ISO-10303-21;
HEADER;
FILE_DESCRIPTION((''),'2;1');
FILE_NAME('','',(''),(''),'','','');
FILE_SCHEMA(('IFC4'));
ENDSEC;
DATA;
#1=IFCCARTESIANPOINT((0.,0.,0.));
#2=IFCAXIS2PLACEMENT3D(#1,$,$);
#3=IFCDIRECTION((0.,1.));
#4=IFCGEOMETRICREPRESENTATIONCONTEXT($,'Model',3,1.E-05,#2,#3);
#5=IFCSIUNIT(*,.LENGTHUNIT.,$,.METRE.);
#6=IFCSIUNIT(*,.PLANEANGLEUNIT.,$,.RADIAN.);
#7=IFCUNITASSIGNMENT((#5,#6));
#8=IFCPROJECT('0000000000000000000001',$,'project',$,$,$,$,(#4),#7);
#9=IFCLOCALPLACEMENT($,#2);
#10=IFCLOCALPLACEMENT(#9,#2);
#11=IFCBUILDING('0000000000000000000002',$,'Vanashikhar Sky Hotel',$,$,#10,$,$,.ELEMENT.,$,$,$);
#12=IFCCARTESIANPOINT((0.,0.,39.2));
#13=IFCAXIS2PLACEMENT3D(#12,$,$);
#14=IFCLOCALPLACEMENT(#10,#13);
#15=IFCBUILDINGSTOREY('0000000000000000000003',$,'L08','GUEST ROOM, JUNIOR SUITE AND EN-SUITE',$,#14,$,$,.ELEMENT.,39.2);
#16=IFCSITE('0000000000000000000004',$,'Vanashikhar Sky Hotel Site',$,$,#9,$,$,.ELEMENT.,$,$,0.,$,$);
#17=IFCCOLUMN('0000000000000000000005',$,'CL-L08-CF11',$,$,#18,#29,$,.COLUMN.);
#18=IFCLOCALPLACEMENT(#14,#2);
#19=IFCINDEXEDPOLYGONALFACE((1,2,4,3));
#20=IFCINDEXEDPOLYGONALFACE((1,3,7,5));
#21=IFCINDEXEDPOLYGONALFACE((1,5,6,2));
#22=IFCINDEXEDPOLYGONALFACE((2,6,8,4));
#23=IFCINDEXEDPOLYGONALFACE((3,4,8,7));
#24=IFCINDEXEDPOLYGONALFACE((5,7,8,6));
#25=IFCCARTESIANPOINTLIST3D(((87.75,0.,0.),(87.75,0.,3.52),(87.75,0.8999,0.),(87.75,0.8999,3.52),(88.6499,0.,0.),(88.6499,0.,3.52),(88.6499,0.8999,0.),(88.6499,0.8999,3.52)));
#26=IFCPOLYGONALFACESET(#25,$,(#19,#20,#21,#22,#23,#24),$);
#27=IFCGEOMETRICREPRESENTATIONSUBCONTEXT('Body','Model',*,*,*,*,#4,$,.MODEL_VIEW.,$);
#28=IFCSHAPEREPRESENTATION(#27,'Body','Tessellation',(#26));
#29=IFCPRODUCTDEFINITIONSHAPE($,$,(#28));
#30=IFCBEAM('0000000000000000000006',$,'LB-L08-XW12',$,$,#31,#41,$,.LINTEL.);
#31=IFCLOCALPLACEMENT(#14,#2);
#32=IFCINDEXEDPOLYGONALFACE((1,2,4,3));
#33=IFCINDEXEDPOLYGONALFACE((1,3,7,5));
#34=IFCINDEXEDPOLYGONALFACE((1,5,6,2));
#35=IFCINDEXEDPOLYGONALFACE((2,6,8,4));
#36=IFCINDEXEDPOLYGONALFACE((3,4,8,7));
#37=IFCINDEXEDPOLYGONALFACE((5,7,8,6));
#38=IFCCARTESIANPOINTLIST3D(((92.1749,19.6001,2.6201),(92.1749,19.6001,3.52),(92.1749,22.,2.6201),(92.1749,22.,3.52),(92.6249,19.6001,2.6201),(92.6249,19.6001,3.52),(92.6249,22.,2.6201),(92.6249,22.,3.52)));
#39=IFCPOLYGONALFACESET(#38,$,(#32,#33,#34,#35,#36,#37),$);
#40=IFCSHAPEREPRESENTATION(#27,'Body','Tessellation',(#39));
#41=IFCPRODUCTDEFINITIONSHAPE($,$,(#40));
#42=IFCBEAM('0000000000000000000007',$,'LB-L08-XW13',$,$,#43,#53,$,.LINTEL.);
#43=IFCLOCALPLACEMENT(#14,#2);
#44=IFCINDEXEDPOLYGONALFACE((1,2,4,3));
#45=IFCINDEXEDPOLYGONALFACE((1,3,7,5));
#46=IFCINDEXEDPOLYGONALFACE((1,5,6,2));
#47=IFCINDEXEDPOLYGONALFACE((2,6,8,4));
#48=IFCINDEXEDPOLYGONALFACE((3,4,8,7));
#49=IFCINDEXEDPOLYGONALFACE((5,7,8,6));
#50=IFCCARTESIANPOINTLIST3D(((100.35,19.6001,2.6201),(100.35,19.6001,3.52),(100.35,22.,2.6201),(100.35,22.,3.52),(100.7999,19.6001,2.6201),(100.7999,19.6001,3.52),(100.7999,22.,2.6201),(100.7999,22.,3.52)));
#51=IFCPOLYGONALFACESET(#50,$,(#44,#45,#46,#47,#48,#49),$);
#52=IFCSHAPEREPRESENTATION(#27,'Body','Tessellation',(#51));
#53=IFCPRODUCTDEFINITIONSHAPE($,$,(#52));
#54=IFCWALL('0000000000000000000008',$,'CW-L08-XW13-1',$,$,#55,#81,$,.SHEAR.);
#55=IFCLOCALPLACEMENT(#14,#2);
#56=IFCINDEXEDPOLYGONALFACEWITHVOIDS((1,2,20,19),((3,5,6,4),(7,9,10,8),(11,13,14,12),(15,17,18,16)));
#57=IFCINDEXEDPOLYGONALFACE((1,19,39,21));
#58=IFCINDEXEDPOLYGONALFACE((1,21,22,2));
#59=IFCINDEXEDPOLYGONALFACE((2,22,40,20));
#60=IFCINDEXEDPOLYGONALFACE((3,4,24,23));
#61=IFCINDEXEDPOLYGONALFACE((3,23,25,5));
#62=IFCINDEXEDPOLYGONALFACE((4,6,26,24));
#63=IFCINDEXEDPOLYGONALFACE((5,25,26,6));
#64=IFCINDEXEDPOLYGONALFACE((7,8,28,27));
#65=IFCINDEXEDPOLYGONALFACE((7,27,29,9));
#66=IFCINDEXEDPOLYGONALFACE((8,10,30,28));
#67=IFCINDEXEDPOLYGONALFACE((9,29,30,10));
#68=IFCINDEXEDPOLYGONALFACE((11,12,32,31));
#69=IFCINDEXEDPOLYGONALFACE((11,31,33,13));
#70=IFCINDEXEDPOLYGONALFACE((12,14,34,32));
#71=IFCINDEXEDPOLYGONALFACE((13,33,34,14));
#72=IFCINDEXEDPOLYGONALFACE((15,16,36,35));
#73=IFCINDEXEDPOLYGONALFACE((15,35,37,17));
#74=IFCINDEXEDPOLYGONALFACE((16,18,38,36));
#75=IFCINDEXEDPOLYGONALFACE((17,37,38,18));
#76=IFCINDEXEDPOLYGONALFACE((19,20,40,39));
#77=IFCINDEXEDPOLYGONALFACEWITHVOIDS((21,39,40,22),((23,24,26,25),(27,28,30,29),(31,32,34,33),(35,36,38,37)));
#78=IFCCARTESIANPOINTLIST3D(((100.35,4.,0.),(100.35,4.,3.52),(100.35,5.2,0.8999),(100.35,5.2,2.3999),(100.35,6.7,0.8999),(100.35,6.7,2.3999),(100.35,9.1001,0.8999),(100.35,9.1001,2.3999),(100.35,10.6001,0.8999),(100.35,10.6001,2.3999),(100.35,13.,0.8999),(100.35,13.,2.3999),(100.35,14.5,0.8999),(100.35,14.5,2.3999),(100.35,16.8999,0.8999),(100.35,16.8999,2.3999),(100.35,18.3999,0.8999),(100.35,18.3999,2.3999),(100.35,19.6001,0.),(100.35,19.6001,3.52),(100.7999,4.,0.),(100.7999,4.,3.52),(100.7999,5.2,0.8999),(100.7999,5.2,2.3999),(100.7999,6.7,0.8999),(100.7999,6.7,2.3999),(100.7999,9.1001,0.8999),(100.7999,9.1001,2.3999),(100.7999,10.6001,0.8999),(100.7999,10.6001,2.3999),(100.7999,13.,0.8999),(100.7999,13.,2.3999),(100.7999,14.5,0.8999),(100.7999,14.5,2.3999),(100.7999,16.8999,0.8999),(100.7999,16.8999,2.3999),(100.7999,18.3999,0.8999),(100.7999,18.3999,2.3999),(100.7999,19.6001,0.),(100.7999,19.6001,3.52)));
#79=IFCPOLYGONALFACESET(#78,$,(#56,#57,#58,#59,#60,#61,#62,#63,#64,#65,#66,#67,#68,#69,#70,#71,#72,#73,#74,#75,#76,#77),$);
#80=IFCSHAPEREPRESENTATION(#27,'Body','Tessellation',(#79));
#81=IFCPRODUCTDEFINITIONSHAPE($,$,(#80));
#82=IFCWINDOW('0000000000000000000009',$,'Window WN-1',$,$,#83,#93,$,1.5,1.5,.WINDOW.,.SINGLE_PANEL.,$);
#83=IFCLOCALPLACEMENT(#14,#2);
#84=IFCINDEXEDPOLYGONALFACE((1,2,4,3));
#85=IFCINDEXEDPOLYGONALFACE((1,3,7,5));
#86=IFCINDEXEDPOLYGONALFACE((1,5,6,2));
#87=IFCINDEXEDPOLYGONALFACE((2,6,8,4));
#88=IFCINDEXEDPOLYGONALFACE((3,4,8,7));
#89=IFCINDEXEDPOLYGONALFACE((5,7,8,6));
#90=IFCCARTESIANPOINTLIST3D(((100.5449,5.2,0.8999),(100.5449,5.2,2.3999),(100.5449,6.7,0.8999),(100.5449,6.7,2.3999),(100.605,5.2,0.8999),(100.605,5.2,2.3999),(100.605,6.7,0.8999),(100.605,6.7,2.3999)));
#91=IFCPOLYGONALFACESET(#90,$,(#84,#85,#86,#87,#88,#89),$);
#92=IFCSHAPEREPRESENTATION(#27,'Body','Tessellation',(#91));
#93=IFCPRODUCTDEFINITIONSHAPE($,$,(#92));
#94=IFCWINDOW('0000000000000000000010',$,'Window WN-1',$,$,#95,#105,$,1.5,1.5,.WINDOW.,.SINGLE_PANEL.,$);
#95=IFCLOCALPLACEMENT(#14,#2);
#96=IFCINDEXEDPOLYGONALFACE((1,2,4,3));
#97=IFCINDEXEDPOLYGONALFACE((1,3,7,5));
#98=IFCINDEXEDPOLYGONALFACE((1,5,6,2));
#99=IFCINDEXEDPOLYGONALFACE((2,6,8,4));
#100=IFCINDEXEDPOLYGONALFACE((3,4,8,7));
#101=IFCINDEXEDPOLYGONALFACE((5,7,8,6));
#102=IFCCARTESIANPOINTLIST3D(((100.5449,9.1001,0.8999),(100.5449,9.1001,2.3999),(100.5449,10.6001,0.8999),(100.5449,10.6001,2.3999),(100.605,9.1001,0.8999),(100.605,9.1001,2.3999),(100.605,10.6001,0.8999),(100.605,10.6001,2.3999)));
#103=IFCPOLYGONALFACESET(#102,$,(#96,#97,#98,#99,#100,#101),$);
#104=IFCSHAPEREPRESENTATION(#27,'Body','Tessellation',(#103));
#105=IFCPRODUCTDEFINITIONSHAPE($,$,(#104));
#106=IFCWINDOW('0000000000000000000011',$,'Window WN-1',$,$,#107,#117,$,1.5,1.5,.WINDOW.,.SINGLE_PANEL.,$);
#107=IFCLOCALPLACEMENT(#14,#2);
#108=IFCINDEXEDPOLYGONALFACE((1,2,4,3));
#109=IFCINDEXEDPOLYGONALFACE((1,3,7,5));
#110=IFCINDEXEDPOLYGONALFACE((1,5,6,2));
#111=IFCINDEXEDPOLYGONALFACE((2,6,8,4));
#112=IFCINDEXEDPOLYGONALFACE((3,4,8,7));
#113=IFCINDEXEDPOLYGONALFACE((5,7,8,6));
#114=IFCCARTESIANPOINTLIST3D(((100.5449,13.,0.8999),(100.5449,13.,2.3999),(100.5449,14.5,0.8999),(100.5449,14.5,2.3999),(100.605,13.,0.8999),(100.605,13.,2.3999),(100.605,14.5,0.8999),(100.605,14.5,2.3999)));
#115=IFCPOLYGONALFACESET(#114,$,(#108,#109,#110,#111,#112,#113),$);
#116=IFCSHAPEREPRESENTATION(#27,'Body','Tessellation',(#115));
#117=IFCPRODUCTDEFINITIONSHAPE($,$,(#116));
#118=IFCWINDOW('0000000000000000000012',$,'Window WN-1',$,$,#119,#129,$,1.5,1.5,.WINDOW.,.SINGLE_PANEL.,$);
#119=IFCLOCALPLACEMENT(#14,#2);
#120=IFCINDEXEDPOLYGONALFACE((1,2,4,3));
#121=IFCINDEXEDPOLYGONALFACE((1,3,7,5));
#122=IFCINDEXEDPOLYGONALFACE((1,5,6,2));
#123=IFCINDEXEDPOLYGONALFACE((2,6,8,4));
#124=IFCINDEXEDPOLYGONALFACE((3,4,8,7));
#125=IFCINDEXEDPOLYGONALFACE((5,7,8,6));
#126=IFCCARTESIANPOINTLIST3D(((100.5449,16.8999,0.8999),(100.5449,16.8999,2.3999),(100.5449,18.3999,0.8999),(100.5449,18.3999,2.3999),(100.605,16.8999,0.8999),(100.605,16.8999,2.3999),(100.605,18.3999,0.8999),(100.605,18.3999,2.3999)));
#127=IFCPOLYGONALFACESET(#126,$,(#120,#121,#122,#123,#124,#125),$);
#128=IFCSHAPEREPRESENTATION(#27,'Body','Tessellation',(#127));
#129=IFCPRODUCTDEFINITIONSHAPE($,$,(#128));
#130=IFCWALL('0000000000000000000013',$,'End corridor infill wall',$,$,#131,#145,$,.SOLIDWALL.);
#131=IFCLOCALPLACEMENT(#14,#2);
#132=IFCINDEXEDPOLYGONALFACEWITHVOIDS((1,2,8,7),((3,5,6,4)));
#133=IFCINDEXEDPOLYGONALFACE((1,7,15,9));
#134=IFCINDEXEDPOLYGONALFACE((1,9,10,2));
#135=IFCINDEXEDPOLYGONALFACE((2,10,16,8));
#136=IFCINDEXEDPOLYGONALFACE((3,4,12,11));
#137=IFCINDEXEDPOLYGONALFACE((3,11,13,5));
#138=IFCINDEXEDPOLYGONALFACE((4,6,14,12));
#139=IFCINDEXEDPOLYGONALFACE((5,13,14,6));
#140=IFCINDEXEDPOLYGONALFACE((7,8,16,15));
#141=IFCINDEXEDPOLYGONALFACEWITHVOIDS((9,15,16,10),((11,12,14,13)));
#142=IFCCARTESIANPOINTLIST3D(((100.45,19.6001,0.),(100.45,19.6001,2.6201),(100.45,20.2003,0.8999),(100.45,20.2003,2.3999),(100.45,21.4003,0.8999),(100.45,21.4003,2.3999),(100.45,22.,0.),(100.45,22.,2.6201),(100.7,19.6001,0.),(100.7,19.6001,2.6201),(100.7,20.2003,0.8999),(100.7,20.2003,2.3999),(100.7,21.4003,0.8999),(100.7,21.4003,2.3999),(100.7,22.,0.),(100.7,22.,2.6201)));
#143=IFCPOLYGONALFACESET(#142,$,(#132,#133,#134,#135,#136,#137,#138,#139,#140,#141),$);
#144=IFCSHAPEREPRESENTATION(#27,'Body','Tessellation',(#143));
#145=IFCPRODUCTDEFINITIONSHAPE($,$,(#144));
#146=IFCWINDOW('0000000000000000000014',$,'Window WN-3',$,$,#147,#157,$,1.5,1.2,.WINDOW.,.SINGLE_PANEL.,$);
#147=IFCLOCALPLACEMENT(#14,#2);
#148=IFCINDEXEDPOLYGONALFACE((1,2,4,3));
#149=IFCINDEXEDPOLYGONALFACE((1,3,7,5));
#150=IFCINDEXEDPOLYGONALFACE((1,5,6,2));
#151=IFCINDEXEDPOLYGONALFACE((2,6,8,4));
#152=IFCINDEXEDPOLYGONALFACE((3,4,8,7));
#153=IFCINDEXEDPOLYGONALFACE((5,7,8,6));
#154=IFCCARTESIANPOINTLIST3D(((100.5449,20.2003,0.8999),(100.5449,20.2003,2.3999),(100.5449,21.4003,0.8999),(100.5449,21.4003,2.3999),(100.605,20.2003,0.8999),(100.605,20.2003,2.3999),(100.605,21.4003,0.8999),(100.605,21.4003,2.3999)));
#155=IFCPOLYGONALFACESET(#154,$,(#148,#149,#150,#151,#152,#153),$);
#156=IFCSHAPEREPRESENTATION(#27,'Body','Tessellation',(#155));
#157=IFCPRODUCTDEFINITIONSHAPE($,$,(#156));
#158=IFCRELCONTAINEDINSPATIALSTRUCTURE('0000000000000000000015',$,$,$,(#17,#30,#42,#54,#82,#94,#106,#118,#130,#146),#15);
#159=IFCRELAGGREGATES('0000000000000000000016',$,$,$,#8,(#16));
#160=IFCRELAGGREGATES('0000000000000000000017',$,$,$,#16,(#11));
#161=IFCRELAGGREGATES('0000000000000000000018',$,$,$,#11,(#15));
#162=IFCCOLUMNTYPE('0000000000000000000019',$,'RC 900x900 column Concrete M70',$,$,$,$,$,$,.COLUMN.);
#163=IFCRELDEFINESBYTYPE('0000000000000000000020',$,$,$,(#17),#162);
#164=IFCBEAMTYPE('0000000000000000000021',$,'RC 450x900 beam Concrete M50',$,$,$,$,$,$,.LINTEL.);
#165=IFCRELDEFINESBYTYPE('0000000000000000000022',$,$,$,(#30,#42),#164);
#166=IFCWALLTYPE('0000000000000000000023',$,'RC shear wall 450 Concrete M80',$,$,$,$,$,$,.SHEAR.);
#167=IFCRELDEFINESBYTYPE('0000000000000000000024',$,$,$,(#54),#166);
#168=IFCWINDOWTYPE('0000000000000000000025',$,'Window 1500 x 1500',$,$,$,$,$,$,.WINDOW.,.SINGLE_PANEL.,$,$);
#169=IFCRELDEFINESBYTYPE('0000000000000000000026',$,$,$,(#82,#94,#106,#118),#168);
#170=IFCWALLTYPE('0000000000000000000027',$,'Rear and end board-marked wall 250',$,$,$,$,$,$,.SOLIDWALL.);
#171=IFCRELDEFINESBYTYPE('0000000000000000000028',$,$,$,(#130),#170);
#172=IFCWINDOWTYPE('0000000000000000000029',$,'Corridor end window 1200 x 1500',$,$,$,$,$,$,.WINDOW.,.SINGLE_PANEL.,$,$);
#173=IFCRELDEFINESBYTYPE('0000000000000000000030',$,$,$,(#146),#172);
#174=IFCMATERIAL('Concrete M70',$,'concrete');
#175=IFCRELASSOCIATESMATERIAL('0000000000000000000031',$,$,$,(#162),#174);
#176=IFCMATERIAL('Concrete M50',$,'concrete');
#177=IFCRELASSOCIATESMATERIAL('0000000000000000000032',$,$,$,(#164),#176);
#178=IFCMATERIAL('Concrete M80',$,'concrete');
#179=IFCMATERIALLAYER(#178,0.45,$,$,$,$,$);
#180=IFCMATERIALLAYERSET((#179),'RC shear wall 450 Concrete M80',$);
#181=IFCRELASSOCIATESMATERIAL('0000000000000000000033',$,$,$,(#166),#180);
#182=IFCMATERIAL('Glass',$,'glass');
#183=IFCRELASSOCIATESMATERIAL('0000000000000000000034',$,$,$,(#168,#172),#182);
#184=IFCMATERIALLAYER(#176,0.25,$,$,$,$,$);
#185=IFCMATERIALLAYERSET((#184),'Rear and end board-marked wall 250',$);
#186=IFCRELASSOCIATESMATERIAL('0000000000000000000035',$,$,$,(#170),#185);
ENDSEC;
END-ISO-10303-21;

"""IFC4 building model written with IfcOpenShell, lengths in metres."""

from ifc_helpers import new_model, si_unit, direction, frame, frame_2d, origin, origin_2d, place, context, subcontext, project, spatial, rectangle, extrude, source, transform, mapped, material, layer, layer_set, material_profile, profile_set, type_object, element, fill, save


model = new_model("IFC4")

# Units and contexts
model_context = context("Model", 3, precision=1e-05, world=origin(), true_north=direction((0.0, 1.0)))
body_context = subcontext(model_context, "Body", "Model", "MODEL_VIEW")
ifc_project = project(units=[si_unit("LENGTHUNIT", "METRE"), si_unit("PLANEANGLEUNIT", "RADIAN")], contexts=[model_context])

# Site, building, storey
site_placement = place(None, origin())
site = spatial("IfcSite", under=ifc_project, at=site_placement, Name="Vanashikhar Sky Hotel Site", CompositionType="ELEMENT", RefElevation=0.0)
building_placement = place(site_placement, origin())
building = spatial("IfcBuilding", under=site, at=building_placement, Name="Vanashikhar Sky Hotel", CompositionType="ELEMENT")
storey_placement = place(building_placement, frame((0.0, 0.0, 39.2)))
storey = spatial("IfcBuildingStorey", under=building, at=storey_placement, Name="L08", Description="GUEST ROOM, JUNIOR SUITE AND EN-SUITE", CompositionType="ELEMENT", Elevation=39.2)

# Column
ifc_material_1 = material(Name="Concrete M70", Category="concrete")
ifc_material_profile_1 = material_profile(ifc_material_1, rectangle(XDim=0.8999, YDim=0.8999, at=origin_2d()))
ifc_profile_set_1 = profile_set([ifc_material_profile_1], Name="RC 900x900 column Concrete M70")
column_type = type_object("IfcColumnType", Name="RC 900x900 column Concrete M70", PredefinedType="COLUMN", material=ifc_profile_set_1)
shared_shape_1 = source(origin(), body_context, "Body", "SweptSolid", [
    extrude(rectangle(XDim=0.8999, YDim=0.8999, at=origin_2d()), origin(), (0.0, 0.0, 1.0), 3.52),
])
column_placement = place(storey_placement, frame((88.2, 0.45, 0.0), z_axis=(0.0, 0.0, 1.0), x_axis=(1.0, 0.0, 0.0)))
element("IfcColumn", 1, at=column_placement, inside=storey, type_object=column_type, Name="CL-L08-CF11", PredefinedType="COLUMN", context=body_context, shape_type="MappedRepresentation", body=[
    mapped(shared_shape_1, transform((0.0, 0.0, 0.0), scale=1.0)),
])

# Beams
ifc_material_2 = material(Name="Concrete M50", Category="concrete")
ifc_material_profile_2 = material_profile(ifc_material_2, rectangle(XDim=0.45, YDim=0.8999, at=origin_2d()))
ifc_profile_set_2 = profile_set([ifc_material_profile_2], Name="RC 450x900 beam Concrete M50")
beam_type = type_object("IfcBeamType", Name="RC 450x900 beam Concrete M50", PredefinedType="LINTEL", material=ifc_profile_set_2)
shared_shape_2 = source(origin(), body_context, "Body", "SweptSolid", [
    extrude(rectangle(XDim=0.45, YDim=0.8999, at=origin_2d()), origin(), (0.0, 0.0, 1.0), 2.3999),
])
for number, where, z_axis, x_axis, name in (
    (2, (92.3999, 19.6001, 3.0701), (0.0, 1.0, 0.0), (-1.0, 0.0, 0.0), "LB-L08-XW12"),
    (3, (100.575, 19.6001, 3.0701), (0.0, 1.0, 0.0), (-1.0, 0.0, 0.0), "LB-L08-XW13"),
):
    element("IfcBeam", number, at=place(storey_placement, frame(where, z_axis=z_axis, x_axis=x_axis)), inside=storey, type_object=beam_type, Name=name, PredefinedType="LINTEL", context=body_context, shape_type="MappedRepresentation", body=[
        mapped(shared_shape_2, transform((0.0, 0.0, 0.0), scale=1.0)),
    ])

# Wall, openings, windows
ifc_material_3 = material(Name="Concrete M80", Category="concrete")
ifc_layer_1 = layer(ifc_material_3, 0.45)
ifc_layer_set_1 = layer_set([ifc_layer_1], Name="RC shear wall 450 Concrete M80")
wall_type_1 = type_object("IfcWallType", Name="RC shear wall 450 Concrete M80", PredefinedType="SHEAR", material=ifc_layer_set_1)
shared_shape_3 = source(origin(), body_context, "Body", "SweptSolid", [
    extrude(rectangle(XDim=15.6001, YDim=0.45, at=frame_2d((7.8, 0.0))), origin(), (0.0, 0.0, 1.0), 3.52),
])
wall_1_placement = place(storey_placement, frame((100.575, 4.0, 0.0), z_axis=(0.0, 0.0, 1.0), x_axis=(0.0, 1.0, 0.0)))
wall_1 = element("IfcWall", 4, at=wall_1_placement, inside=storey, type_object=wall_type_1, Name="CW-L08-XW13-1", PredefinedType="SHEAR", context=body_context, shape_type="MappedRepresentation", body=[
    mapped(shared_shape_3, transform((0.0, 0.0, 0.0), scale=1.0)),
])
shared_shape_4 = source(origin(), body_context, "Body", "SweptSolid", [
    extrude(rectangle(XDim=1.5, YDim=1.5, at=frame_2d((0.75, 0.75))), frame((0.0, 0.2349, 0.0), z_axis=(0.0, -1.0, 0.0), x_axis=(1.0, 0.0, 0.0)), (0.0, 0.0, 1.0), 0.47),
])
opening_1_placement = place(wall_1_placement, frame((1.2, 0.0, 0.8999)))
opening_1 = element("IfcOpeningElement", 5, at=opening_1_placement, cuts=wall_1, PredefinedType="OPENING", context=body_context, shape_type="MappedRepresentation", body=[
    mapped(shared_shape_4, transform((0.0, 0.0, 0.0), scale=1.0)),
])
opening_2_placement = place(wall_1_placement, frame((5.1001, 0.0, 0.8999)))
opening_2 = element("IfcOpeningElement", 6, at=opening_2_placement, cuts=wall_1, PredefinedType="OPENING", context=body_context, shape_type="MappedRepresentation", body=[
    mapped(shared_shape_4, transform((0.0, 0.0, 0.0), scale=1.0)),
])
opening_3_placement = place(wall_1_placement, frame((9.0, 0.0, 0.8999)))
opening_3 = element("IfcOpeningElement", 7, at=opening_3_placement, cuts=wall_1, PredefinedType="OPENING", context=body_context, shape_type="MappedRepresentation", body=[
    mapped(shared_shape_4, transform((0.0, 0.0, 0.0), scale=1.0)),
])
opening_4_placement = place(wall_1_placement, frame((12.8999, 0.0, 0.8999)))
opening_4 = element("IfcOpeningElement", 8, at=opening_4_placement, cuts=wall_1, PredefinedType="OPENING", context=body_context, shape_type="MappedRepresentation", body=[
    mapped(shared_shape_4, transform((0.0, 0.0, 0.0), scale=1.0)),
])
ifc_material_4 = material(Name="Glass", Category="glass")
window_type_1 = type_object("IfcWindowType", Name="Window 1500 x 1500", PartitioningType="SINGLE_PANEL", PredefinedType="WINDOW", material=ifc_material_4)
shared_shape_5 = source(origin(), body_context, "Body", "SweptSolid", [
    extrude(rectangle(XDim=1.5, YDim=1.5, at=frame_2d((0.75, 0.75))), frame((0.0, 0.03, 0.0), z_axis=(0.0, -1.0, 0.0), x_axis=(1.0, 0.0, 0.0)), (0.0, 0.0, 1.0), 0.0601),
])
window_1_placement = place(opening_1_placement, origin())
window_1 = element("IfcWindow", 9, at=window_1_placement, inside=storey, type_object=window_type_1, Name="Window WN-1", OverallHeight=1.5, OverallWidth=1.5, PartitioningType="SINGLE_PANEL", PredefinedType="WINDOW", context=body_context, shape_type="MappedRepresentation", body=[
    mapped(shared_shape_5, transform((0.0, 0.0, 0.0), scale=1.0)),
])
fill(opening_1, window_1)
window_2_placement = place(opening_2_placement, origin())
window_2 = element("IfcWindow", 10, at=window_2_placement, inside=storey, type_object=window_type_1, Name="Window WN-1", OverallHeight=1.5, OverallWidth=1.5, PartitioningType="SINGLE_PANEL", PredefinedType="WINDOW", context=body_context, shape_type="MappedRepresentation", body=[
    mapped(shared_shape_5, transform((0.0, 0.0, 0.0), scale=1.0)),
])
fill(opening_2, window_2)
window_3_placement = place(opening_3_placement, origin())
window_3 = element("IfcWindow", 11, at=window_3_placement, inside=storey, type_object=window_type_1, Name="Window WN-1", OverallHeight=1.5, OverallWidth=1.5, PartitioningType="SINGLE_PANEL", PredefinedType="WINDOW", context=body_context, shape_type="MappedRepresentation", body=[
    mapped(shared_shape_5, transform((0.0, 0.0, 0.0), scale=1.0)),
])
fill(opening_3, window_3)
window_4_placement = place(opening_4_placement, origin())
window_4 = element("IfcWindow", 12, at=window_4_placement, inside=storey, type_object=window_type_1, Name="Window WN-1", OverallHeight=1.5, OverallWidth=1.5, PartitioningType="SINGLE_PANEL", PredefinedType="WINDOW", context=body_context, shape_type="MappedRepresentation", body=[
    mapped(shared_shape_5, transform((0.0, 0.0, 0.0), scale=1.0)),
])
fill(opening_4, window_4)

# Wall, opening, window
ifc_layer_2 = layer(ifc_material_2, 0.25)
ifc_layer_set_2 = layer_set([ifc_layer_2], Name="Rear and end board-marked wall 250")
wall_type_2 = type_object("IfcWallType", Name="Rear and end board-marked wall 250", PredefinedType="SOLIDWALL", material=ifc_layer_set_2)
shared_shape_6 = source(origin(), body_context, "Body", "SweptSolid", [
    extrude(rectangle(XDim=2.3999, YDim=0.25, at=frame_2d((1.2, 0.0))), origin(), (0.0, 0.0, 1.0), 2.6201),
])
wall_2_placement = place(storey_placement, frame((100.575, 19.6001, 0.0), z_axis=(0.0, 0.0, 1.0), x_axis=(0.0, 1.0, 0.0)))
wall_2 = element("IfcWall", 13, at=wall_2_placement, inside=storey, type_object=wall_type_2, Name="End corridor infill wall", PredefinedType="SOLIDWALL", context=body_context, shape_type="MappedRepresentation", body=[
    mapped(shared_shape_6, transform((0.0, 0.0, 0.0), scale=1.0)),
])
shared_shape_7 = source(origin(), body_context, "Body", "SweptSolid", [
    extrude(rectangle(XDim=1.2, YDim=1.5, at=frame_2d((0.6001, 0.75))), frame((0.0, 0.135, 0.0), z_axis=(0.0, -1.0, 0.0), x_axis=(1.0, 0.0, 0.0)), (0.0, 0.0, 1.0), 0.27),
])
opening_5_placement = place(wall_2_placement, frame((0.6001, 0.0, 0.8999)))
opening_5 = element("IfcOpeningElement", 14, at=opening_5_placement, cuts=wall_2, PredefinedType="OPENING", context=body_context, shape_type="MappedRepresentation", body=[
    mapped(shared_shape_7, transform((0.0, 0.0, 0.0), scale=1.0)),
])
window_type_2 = type_object("IfcWindowType", Name="Corridor end window 1200 x 1500", PartitioningType="SINGLE_PANEL", PredefinedType="WINDOW", material=ifc_material_4)
shared_shape_8 = source(origin(), body_context, "Body", "SweptSolid", [
    extrude(rectangle(XDim=1.2, YDim=1.5, at=frame_2d((0.6001, 0.75))), frame((0.0, 0.03, 0.0), z_axis=(0.0, -1.0, 0.0), x_axis=(1.0, 0.0, 0.0)), (0.0, 0.0, 1.0), 0.0601),
])
window_5_placement = place(opening_5_placement, origin())
window_5 = element("IfcWindow", 15, at=window_5_placement, inside=storey, type_object=window_type_2, Name="Window WN-3", OverallHeight=1.5, OverallWidth=1.2, PartitioningType="SINGLE_PANEL", PredefinedType="WINDOW", context=body_context, shape_type="MappedRepresentation", body=[
    mapped(shared_shape_8, transform((0.0, 0.0, 0.0), scale=1.0)),
])
fill(opening_5, window_5)

save(model, "model.ifc")
